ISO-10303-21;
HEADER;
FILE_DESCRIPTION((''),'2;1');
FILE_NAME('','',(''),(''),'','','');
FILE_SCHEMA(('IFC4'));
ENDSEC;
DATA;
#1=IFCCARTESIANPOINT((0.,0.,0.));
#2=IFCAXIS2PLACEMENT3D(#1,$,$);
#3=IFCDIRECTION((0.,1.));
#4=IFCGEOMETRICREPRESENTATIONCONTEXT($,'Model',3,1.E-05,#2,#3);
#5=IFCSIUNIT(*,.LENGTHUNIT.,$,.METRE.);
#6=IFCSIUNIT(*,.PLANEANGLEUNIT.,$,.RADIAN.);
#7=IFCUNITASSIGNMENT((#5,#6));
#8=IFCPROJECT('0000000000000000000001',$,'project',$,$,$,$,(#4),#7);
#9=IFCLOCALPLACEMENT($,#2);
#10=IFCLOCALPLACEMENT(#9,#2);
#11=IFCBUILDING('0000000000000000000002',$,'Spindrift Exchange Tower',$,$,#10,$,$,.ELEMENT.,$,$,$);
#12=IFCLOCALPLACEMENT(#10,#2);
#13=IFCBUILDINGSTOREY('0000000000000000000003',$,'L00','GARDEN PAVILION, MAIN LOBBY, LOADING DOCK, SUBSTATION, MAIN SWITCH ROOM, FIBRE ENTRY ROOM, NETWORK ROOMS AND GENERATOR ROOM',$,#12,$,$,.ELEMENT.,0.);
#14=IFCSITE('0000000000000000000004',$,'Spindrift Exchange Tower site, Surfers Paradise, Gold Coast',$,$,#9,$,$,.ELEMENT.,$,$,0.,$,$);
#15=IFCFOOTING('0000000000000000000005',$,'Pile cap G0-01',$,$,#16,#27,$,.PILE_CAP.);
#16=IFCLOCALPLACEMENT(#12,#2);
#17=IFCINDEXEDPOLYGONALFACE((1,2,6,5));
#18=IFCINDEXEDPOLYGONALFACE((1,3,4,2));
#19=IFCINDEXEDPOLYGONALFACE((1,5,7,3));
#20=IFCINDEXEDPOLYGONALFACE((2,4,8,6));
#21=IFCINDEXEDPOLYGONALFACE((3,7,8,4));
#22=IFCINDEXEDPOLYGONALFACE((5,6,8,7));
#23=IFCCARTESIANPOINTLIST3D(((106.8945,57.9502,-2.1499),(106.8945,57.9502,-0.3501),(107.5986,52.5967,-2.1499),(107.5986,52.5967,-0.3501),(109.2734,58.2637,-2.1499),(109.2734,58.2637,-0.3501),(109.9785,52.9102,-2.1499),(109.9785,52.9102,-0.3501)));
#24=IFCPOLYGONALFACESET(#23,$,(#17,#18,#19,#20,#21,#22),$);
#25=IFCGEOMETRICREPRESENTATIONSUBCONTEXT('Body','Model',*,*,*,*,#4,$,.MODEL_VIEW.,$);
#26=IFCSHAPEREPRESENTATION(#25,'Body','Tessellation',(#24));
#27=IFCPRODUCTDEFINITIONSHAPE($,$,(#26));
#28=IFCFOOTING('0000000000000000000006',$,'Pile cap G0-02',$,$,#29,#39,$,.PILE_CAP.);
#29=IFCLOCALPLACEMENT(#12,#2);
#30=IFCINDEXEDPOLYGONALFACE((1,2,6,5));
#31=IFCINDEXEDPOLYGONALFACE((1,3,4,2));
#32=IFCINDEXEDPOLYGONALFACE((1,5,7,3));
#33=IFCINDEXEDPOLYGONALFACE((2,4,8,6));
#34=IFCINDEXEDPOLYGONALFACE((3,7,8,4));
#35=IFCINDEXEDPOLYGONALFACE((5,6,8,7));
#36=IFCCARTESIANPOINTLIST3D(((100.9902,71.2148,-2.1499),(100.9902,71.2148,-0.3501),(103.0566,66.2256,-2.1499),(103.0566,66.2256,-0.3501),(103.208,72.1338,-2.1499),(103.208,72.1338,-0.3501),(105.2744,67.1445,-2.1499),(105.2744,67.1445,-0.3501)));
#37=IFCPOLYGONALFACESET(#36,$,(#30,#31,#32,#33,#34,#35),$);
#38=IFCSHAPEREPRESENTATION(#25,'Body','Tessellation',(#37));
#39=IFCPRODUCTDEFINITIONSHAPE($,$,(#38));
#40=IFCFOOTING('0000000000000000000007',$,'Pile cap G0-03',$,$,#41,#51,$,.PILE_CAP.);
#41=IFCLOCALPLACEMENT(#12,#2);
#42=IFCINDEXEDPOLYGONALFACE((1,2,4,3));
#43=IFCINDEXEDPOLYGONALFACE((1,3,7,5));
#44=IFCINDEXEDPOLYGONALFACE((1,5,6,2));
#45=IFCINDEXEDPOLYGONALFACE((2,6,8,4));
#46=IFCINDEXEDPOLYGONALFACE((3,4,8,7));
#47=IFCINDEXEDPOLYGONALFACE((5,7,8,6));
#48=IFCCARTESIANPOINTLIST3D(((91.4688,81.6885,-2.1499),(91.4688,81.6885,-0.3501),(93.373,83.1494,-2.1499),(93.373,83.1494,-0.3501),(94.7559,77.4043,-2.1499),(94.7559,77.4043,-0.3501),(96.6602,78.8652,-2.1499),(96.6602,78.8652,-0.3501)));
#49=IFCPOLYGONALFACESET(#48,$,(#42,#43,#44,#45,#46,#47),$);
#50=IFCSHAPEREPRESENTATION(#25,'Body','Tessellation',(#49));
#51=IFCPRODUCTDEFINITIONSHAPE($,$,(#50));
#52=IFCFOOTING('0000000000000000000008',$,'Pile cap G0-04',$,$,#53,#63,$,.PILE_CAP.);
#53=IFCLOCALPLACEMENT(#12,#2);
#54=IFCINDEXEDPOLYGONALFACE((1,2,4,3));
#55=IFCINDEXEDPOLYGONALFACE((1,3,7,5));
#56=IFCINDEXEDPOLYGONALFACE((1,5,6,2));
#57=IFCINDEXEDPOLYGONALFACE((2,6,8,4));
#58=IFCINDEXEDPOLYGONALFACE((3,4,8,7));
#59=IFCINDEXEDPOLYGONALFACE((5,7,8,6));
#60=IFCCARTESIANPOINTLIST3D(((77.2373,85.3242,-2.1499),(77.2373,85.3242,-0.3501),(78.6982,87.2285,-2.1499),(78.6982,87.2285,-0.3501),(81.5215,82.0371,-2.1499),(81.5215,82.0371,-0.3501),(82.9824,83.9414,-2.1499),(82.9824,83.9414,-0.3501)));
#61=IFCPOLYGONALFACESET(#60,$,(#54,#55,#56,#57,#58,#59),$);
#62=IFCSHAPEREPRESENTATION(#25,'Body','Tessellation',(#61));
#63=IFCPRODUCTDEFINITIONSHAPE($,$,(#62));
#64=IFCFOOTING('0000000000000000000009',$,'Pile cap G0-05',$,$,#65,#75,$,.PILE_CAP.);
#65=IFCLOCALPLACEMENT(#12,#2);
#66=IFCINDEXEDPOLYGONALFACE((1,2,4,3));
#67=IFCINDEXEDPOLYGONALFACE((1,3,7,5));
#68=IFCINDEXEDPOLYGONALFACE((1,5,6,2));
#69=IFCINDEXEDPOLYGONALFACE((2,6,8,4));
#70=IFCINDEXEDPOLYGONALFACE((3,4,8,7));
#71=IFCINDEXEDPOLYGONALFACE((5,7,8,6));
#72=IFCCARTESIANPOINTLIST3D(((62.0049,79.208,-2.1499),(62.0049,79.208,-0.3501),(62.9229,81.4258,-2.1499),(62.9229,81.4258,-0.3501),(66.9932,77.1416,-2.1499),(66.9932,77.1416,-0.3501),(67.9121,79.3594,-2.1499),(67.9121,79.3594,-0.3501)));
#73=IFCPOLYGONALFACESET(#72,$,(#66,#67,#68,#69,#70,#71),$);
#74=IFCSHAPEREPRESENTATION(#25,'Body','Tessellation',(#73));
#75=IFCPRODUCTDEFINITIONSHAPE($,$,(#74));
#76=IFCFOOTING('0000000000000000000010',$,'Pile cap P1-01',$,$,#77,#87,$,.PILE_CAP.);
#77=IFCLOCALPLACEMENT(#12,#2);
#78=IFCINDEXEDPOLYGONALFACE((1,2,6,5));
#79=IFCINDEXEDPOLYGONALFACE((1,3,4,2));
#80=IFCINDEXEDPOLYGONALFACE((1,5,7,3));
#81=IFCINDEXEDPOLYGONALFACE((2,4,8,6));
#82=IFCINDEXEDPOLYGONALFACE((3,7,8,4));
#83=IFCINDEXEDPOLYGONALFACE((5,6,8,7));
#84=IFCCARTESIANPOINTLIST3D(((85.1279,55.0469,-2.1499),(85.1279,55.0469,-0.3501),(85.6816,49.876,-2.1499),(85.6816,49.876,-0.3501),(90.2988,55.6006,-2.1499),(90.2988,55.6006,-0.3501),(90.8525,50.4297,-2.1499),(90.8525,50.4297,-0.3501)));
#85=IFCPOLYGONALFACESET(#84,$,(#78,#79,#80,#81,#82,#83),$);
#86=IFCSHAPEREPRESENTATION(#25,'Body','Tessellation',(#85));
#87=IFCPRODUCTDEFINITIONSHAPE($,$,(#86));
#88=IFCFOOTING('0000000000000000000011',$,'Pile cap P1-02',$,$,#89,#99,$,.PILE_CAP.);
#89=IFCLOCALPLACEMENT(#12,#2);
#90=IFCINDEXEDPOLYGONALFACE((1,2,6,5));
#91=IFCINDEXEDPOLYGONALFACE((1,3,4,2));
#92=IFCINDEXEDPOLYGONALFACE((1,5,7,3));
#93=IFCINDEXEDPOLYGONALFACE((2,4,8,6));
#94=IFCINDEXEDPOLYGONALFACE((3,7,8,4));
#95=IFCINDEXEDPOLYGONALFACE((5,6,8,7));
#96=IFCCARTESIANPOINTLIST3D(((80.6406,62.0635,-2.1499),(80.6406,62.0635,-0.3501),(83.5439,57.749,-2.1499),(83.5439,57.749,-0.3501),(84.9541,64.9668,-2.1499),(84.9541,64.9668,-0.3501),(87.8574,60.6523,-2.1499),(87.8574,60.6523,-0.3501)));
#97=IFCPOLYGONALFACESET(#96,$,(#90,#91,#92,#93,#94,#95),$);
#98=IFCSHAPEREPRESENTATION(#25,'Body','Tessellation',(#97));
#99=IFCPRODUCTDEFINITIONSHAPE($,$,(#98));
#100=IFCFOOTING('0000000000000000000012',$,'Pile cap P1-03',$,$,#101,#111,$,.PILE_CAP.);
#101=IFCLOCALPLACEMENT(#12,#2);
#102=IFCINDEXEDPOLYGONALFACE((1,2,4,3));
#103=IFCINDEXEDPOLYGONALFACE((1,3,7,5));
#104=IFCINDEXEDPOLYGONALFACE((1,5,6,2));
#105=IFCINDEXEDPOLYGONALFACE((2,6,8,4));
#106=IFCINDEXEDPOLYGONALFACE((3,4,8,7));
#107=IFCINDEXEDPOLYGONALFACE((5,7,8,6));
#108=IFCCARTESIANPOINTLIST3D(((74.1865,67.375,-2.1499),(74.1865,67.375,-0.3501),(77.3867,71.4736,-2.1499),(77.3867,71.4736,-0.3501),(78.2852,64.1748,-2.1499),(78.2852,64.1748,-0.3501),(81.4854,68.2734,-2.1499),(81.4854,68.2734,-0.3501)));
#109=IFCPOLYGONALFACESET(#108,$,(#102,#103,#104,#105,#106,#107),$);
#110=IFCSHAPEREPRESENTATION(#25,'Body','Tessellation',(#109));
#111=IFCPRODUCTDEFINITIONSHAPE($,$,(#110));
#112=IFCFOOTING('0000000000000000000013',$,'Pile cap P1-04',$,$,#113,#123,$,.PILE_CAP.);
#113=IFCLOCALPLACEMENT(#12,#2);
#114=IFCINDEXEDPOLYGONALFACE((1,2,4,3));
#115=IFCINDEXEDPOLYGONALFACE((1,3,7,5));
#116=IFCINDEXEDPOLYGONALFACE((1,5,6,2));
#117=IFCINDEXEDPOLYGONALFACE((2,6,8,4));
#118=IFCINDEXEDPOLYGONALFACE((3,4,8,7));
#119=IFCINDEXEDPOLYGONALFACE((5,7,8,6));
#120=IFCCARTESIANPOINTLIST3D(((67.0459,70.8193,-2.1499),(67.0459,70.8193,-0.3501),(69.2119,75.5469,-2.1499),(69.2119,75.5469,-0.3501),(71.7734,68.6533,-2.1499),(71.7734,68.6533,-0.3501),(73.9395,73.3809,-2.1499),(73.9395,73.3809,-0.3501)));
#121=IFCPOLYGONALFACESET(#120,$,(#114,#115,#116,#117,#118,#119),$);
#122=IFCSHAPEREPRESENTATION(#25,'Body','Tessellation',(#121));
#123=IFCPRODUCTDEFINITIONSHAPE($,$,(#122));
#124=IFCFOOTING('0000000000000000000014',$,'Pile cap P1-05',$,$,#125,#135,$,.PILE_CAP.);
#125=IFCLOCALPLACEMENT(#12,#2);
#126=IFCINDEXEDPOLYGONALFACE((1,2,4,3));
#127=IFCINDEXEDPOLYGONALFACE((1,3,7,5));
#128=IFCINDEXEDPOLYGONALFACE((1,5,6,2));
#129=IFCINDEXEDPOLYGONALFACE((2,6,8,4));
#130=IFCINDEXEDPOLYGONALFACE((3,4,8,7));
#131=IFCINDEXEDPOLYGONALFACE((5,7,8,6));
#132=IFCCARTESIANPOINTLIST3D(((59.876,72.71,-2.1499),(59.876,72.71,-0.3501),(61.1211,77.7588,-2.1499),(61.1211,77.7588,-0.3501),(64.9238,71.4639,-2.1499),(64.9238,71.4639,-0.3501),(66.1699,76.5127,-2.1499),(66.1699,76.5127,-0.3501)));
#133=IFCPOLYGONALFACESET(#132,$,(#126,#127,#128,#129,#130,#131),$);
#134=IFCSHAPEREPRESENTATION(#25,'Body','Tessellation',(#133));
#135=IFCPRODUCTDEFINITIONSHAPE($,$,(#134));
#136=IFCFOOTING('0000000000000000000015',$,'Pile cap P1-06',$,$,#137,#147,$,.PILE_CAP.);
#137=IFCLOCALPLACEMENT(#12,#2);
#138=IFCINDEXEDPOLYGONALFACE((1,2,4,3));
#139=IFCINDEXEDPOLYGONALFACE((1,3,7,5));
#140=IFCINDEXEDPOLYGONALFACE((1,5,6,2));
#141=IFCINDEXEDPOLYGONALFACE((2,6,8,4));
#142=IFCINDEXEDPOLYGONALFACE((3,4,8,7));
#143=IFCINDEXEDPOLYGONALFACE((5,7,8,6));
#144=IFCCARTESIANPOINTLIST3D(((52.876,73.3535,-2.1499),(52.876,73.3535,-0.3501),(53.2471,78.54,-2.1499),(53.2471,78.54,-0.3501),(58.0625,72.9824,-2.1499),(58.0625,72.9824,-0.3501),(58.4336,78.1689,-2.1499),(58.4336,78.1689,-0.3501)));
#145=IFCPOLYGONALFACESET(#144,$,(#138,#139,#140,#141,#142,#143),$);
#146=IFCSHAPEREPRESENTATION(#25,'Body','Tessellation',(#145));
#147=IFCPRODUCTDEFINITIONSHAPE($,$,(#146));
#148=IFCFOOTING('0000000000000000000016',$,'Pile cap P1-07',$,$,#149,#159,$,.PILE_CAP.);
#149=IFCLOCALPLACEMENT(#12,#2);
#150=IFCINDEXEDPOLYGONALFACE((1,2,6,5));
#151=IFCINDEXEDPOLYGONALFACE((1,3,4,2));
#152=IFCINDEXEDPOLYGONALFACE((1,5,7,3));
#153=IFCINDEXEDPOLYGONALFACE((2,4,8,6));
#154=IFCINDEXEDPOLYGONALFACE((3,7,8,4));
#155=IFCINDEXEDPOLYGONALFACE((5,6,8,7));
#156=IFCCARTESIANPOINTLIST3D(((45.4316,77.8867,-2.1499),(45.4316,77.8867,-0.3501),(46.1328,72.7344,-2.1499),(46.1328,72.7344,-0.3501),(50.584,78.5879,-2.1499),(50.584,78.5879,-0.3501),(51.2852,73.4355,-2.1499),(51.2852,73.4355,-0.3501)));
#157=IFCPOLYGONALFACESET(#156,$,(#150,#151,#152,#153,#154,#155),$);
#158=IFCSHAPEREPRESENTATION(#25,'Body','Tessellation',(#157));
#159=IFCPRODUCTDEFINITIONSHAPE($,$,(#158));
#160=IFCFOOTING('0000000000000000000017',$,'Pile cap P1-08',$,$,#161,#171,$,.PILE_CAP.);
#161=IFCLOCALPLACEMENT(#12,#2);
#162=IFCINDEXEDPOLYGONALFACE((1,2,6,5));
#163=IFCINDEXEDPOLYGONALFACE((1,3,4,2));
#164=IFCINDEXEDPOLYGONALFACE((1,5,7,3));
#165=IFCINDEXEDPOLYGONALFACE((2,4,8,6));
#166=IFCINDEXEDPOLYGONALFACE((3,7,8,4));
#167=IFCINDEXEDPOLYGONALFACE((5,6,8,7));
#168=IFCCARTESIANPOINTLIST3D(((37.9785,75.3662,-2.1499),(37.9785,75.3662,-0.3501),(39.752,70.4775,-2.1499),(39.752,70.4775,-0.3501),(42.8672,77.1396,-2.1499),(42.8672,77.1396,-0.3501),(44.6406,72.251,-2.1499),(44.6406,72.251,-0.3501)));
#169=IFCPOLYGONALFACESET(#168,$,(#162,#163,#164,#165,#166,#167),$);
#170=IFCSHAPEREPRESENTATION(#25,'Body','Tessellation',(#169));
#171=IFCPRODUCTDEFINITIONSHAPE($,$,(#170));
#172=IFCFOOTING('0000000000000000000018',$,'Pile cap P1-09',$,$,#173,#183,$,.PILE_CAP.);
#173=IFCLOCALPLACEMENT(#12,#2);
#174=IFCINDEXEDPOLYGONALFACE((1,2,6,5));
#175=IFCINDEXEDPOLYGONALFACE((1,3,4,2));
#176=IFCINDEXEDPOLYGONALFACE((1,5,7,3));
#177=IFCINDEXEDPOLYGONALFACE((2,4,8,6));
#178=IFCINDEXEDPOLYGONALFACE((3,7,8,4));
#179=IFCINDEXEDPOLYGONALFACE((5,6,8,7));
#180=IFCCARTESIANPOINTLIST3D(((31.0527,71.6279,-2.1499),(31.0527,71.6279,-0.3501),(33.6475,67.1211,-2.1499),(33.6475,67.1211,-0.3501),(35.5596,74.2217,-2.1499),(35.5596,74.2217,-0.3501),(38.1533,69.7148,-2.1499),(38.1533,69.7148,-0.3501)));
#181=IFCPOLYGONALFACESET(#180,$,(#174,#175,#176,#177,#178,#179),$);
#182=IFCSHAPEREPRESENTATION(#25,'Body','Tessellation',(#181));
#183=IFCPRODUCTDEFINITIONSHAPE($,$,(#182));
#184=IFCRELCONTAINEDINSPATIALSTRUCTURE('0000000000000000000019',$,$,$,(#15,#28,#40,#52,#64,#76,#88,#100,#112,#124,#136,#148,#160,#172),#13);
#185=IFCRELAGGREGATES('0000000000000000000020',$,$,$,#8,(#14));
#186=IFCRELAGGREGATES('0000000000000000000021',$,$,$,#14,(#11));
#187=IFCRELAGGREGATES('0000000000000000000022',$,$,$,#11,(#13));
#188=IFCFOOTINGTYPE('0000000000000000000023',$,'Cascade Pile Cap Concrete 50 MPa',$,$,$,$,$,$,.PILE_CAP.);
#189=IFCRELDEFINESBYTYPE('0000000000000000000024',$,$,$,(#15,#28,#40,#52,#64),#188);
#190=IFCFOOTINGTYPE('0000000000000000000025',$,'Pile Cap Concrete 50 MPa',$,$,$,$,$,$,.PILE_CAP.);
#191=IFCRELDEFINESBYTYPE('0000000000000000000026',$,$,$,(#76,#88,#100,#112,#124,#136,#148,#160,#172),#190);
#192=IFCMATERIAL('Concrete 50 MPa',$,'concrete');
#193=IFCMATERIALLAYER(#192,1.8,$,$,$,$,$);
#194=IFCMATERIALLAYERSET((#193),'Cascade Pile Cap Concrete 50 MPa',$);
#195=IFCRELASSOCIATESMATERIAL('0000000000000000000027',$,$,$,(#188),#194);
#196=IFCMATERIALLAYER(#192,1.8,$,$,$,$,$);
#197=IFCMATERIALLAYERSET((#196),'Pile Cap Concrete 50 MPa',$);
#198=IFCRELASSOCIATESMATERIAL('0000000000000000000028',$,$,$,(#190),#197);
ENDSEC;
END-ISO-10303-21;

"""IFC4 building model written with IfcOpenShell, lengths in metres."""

from ifc_helpers import new_model, si_unit, direction, frame, origin, place, context, subcontext, project, spatial, line, indexed_curve, outline, extrude, material, layer, layer_set, type_object, element, save


model = new_model("IFC4")

# Units and contexts
model_context = context("Model", 3, precision=1e-05, world=origin(), true_north=direction((0.0, 1.0)))
body_context = subcontext(model_context, "Body", "Model", "MODEL_VIEW")
ifc_project = project(units=[si_unit("LENGTHUNIT", "METRE"), si_unit("PLANEANGLEUNIT", "RADIAN")], contexts=[model_context])

# Site, building, storey
site_placement = place(None, origin())
site = spatial("IfcSite", under=ifc_project, at=site_placement, Name="Spindrift Exchange Tower site, Surfers Paradise, Gold Coast", CompositionType="ELEMENT", RefElevation=0.0)
building_placement = place(site_placement, origin())
building = spatial("IfcBuilding", under=site, at=building_placement, Name="Spindrift Exchange Tower", CompositionType="ELEMENT")
storey_placement = place(building_placement, origin())
storey = spatial("IfcBuildingStorey", under=building, at=storey_placement, Name="L00", Description="GARDEN PAVILION, MAIN LOBBY, LOADING DOCK, SUBSTATION, MAIN SWITCH ROOM, FIBRE ENTRY ROOM, NETWORK ROOMS AND GENERATOR ROOM", CompositionType="ELEMENT", Elevation=0.0)

# Footings
ifc_material = material(Name="Concrete 50 MPa", Category="concrete")
ifc_layer_1 = layer(ifc_material, 1.8)
ifc_layer_set_1 = layer_set([ifc_layer_1], Name="Cascade Pile Cap Concrete 50 MPa")
footing_type_1 = type_object("IfcFootingType", Name="Cascade Pile Cap Concrete 50 MPa", PredefinedType="PILE_CAP", material=ifc_layer_set_1)
footing_1_placement = place(storey_placement, frame((0.0, 0.0, -2.1499)))
element("IfcFooting", 1, at=footing_1_placement, inside=storey, type_object=footing_type_1, Name="Pile cap G0-01", PredefinedType="PILE_CAP", context=body_context, shape_type="SweptSolid", body=[
    extrude(outline(indexed_curve([(107.5986, 52.5967), (106.8945, 57.9502), (109.2734, 58.2637), (109.9785, 52.9102)], segments=[line(1, 2, 3, 4, 1)], self_intersect=False)), origin(), (0.0, 0.0, 1.0), 1.7998),
])
footing_2_placement = place(storey_placement, frame((0.0, 0.0, -2.1499)))
element("IfcFooting", 2, at=footing_2_placement, inside=storey, type_object=footing_type_1, Name="Pile cap G0-02", PredefinedType="PILE_CAP", context=body_context, shape_type="SweptSolid", body=[
    extrude(outline(indexed_curve([(103.0566, 66.2256), (100.9902, 71.2148), (103.208, 72.1338), (105.2744, 67.1445)], segments=[line(1, 2, 3, 4, 1)], self_intersect=False)), origin(), (0.0, 0.0, 1.0), 1.7998),
])
footing_3_placement = place(storey_placement, frame((0.0, 0.0, -2.1499)))
element("IfcFooting", 3, at=footing_3_placement, inside=storey, type_object=footing_type_1, Name="Pile cap G0-03", PredefinedType="PILE_CAP", context=body_context, shape_type="SweptSolid", body=[
    extrude(outline(indexed_curve([(94.7559, 77.4043), (91.4688, 81.6885), (93.373, 83.1494), (96.6602, 78.8652)], segments=[line(1, 2, 3, 4, 1)], self_intersect=False)), origin(), (0.0, 0.0, 1.0), 1.7998),
])
footing_4_placement = place(storey_placement, frame((0.0, 0.0, -2.1499)))
element("IfcFooting", 4, at=footing_4_placement, inside=storey, type_object=footing_type_1, Name="Pile cap G0-04", PredefinedType="PILE_CAP", context=body_context, shape_type="SweptSolid", body=[
    extrude(outline(indexed_curve([(81.5215, 82.0371), (77.2373, 85.3242), (78.6982, 87.2285), (82.9824, 83.9414)], segments=[line(1, 2, 3, 4, 1)], self_intersect=False)), origin(), (0.0, 0.0, 1.0), 1.7998),
])
footing_5_placement = place(storey_placement, frame((0.0, 0.0, -2.1499)))
element("IfcFooting", 5, at=footing_5_placement, inside=storey, type_object=footing_type_1, Name="Pile cap G0-05", PredefinedType="PILE_CAP", context=body_context, shape_type="SweptSolid", body=[
    extrude(outline(indexed_curve([(66.9932, 77.1416), (62.0049, 79.208), (62.9229, 81.4258), (67.9121, 79.3594)], segments=[line(1, 2, 3, 4, 1)], self_intersect=False)), origin(), (0.0, 0.0, 1.0), 1.7998),
])
ifc_layer_2 = layer(ifc_material, 1.8)
ifc_layer_set_2 = layer_set([ifc_layer_2], Name="Pile Cap Concrete 50 MPa")
footing_type_2 = type_object("IfcFootingType", Name="Pile Cap Concrete 50 MPa", PredefinedType="PILE_CAP", material=ifc_layer_set_2)
footing_6_placement = place(storey_placement, frame((0.0, 0.0, -2.1499)))
element("IfcFooting", 6, at=footing_6_placement, inside=storey, type_object=footing_type_2, Name="Pile cap P1-01", PredefinedType="PILE_CAP", context=body_context, shape_type="SweptSolid", body=[
    extrude(outline(indexed_curve([(90.8525, 50.4297), (90.2988, 55.6006), (85.1279, 55.0469), (85.6816, 49.876)], segments=[line(1, 2, 3, 4, 1)], self_intersect=False)), origin(), (0.0, 0.0, 1.0), 1.7998),
])
footing_7_placement = place(storey_placement, frame((0.0, 0.0, -2.1499)))
element("IfcFooting", 7, at=footing_7_placement, inside=storey, type_object=footing_type_2, Name="Pile cap P1-02", PredefinedType="PILE_CAP", context=body_context, shape_type="SweptSolid", body=[
    extrude(outline(indexed_curve([(87.8574, 60.6523), (84.9541, 64.9668), (80.6406, 62.0635), (83.5439, 57.749)], segments=[line(1, 2, 3, 4, 1)], self_intersect=False)), origin(), (0.0, 0.0, 1.0), 1.7998),
])
footing_8_placement = place(storey_placement, frame((0.0, 0.0, -2.1499)))
element("IfcFooting", 8, at=footing_8_placement, inside=storey, type_object=footing_type_2, Name="Pile cap P1-03", PredefinedType="PILE_CAP", context=body_context, shape_type="SweptSolid", body=[
    extrude(outline(indexed_curve([(81.4854, 68.2734), (77.3867, 71.4736), (74.1865, 67.375), (78.2852, 64.1748)], segments=[line(1, 2, 3, 4, 1)], self_intersect=False)), origin(), (0.0, 0.0, 1.0), 1.7998),
])
footing_9_placement = place(storey_placement, frame((0.0, 0.0, -2.1499)))
element("IfcFooting", 9, at=footing_9_placement, inside=storey, type_object=footing_type_2, Name="Pile cap P1-04", PredefinedType="PILE_CAP", context=body_context, shape_type="SweptSolid", body=[
    extrude(outline(indexed_curve([(73.9395, 73.3809), (69.2119, 75.5469), (67.0459, 70.8193), (71.7734, 68.6533)], segments=[line(1, 2, 3, 4, 1)], self_intersect=False)), origin(), (0.0, 0.0, 1.0), 1.7998),
])
footing_10_placement = place(storey_placement, frame((0.0, 0.0, -2.1499)))
element("IfcFooting", 10, at=footing_10_placement, inside=storey, type_object=footing_type_2, Name="Pile cap P1-05", PredefinedType="PILE_CAP", context=body_context, shape_type="SweptSolid", body=[
    extrude(outline(indexed_curve([(66.1699, 76.5127), (61.1211, 77.7588), (59.876, 72.71), (64.9238, 71.4639)], segments=[line(1, 2, 3, 4, 1)], self_intersect=False)), origin(), (0.0, 0.0, 1.0), 1.7998),
])
footing_11_placement = place(storey_placement, frame((0.0, 0.0, -2.1499)))
element("IfcFooting", 11, at=footing_11_placement, inside=storey, type_object=footing_type_2, Name="Pile cap P1-06", PredefinedType="PILE_CAP", context=body_context, shape_type="SweptSolid", body=[
    extrude(outline(indexed_curve([(58.4336, 78.1689), (53.2471, 78.54), (52.876, 73.3535), (58.0625, 72.9824)], segments=[line(1, 2, 3, 4, 1)], self_intersect=False)), origin(), (0.0, 0.0, 1.0), 1.7998),
])
footing_12_placement = place(storey_placement, frame((0.0, 0.0, -2.1499)))
element("IfcFooting", 12, at=footing_12_placement, inside=storey, type_object=footing_type_2, Name="Pile cap P1-07", PredefinedType="PILE_CAP", context=body_context, shape_type="SweptSolid", body=[
    extrude(outline(indexed_curve([(50.584, 78.5879), (45.4316, 77.8867), (46.1328, 72.7344), (51.2852, 73.4355)], segments=[line(1, 2, 3, 4, 1)], self_intersect=False)), origin(), (0.0, 0.0, 1.0), 1.7998),
])
footing_13_placement = place(storey_placement, frame((0.0, 0.0, -2.1499)))
element("IfcFooting", 13, at=footing_13_placement, inside=storey, type_object=footing_type_2, Name="Pile cap P1-08", PredefinedType="PILE_CAP", context=body_context, shape_type="SweptSolid", body=[
    extrude(outline(indexed_curve([(42.8672, 77.1396), (37.9785, 75.3662), (39.752, 70.4775), (44.6406, 72.251)], segments=[line(1, 2, 3, 4, 1)], self_intersect=False)), origin(), (0.0, 0.0, 1.0), 1.7998),
])
footing_14_placement = place(storey_placement, frame((0.0, 0.0, -2.1499)))
element("IfcFooting", 14, at=footing_14_placement, inside=storey, type_object=footing_type_2, Name="Pile cap P1-09", PredefinedType="PILE_CAP", context=body_context, shape_type="SweptSolid", body=[
    extrude(outline(indexed_curve([(35.5596, 74.2217), (31.0527, 71.6279), (33.6475, 67.1211), (38.1533, 69.7148)], segments=[line(1, 2, 3, 4, 1)], self_intersect=False)), origin(), (0.0, 0.0, 1.0), 1.7998),
])

save(model, "model.ifc")
